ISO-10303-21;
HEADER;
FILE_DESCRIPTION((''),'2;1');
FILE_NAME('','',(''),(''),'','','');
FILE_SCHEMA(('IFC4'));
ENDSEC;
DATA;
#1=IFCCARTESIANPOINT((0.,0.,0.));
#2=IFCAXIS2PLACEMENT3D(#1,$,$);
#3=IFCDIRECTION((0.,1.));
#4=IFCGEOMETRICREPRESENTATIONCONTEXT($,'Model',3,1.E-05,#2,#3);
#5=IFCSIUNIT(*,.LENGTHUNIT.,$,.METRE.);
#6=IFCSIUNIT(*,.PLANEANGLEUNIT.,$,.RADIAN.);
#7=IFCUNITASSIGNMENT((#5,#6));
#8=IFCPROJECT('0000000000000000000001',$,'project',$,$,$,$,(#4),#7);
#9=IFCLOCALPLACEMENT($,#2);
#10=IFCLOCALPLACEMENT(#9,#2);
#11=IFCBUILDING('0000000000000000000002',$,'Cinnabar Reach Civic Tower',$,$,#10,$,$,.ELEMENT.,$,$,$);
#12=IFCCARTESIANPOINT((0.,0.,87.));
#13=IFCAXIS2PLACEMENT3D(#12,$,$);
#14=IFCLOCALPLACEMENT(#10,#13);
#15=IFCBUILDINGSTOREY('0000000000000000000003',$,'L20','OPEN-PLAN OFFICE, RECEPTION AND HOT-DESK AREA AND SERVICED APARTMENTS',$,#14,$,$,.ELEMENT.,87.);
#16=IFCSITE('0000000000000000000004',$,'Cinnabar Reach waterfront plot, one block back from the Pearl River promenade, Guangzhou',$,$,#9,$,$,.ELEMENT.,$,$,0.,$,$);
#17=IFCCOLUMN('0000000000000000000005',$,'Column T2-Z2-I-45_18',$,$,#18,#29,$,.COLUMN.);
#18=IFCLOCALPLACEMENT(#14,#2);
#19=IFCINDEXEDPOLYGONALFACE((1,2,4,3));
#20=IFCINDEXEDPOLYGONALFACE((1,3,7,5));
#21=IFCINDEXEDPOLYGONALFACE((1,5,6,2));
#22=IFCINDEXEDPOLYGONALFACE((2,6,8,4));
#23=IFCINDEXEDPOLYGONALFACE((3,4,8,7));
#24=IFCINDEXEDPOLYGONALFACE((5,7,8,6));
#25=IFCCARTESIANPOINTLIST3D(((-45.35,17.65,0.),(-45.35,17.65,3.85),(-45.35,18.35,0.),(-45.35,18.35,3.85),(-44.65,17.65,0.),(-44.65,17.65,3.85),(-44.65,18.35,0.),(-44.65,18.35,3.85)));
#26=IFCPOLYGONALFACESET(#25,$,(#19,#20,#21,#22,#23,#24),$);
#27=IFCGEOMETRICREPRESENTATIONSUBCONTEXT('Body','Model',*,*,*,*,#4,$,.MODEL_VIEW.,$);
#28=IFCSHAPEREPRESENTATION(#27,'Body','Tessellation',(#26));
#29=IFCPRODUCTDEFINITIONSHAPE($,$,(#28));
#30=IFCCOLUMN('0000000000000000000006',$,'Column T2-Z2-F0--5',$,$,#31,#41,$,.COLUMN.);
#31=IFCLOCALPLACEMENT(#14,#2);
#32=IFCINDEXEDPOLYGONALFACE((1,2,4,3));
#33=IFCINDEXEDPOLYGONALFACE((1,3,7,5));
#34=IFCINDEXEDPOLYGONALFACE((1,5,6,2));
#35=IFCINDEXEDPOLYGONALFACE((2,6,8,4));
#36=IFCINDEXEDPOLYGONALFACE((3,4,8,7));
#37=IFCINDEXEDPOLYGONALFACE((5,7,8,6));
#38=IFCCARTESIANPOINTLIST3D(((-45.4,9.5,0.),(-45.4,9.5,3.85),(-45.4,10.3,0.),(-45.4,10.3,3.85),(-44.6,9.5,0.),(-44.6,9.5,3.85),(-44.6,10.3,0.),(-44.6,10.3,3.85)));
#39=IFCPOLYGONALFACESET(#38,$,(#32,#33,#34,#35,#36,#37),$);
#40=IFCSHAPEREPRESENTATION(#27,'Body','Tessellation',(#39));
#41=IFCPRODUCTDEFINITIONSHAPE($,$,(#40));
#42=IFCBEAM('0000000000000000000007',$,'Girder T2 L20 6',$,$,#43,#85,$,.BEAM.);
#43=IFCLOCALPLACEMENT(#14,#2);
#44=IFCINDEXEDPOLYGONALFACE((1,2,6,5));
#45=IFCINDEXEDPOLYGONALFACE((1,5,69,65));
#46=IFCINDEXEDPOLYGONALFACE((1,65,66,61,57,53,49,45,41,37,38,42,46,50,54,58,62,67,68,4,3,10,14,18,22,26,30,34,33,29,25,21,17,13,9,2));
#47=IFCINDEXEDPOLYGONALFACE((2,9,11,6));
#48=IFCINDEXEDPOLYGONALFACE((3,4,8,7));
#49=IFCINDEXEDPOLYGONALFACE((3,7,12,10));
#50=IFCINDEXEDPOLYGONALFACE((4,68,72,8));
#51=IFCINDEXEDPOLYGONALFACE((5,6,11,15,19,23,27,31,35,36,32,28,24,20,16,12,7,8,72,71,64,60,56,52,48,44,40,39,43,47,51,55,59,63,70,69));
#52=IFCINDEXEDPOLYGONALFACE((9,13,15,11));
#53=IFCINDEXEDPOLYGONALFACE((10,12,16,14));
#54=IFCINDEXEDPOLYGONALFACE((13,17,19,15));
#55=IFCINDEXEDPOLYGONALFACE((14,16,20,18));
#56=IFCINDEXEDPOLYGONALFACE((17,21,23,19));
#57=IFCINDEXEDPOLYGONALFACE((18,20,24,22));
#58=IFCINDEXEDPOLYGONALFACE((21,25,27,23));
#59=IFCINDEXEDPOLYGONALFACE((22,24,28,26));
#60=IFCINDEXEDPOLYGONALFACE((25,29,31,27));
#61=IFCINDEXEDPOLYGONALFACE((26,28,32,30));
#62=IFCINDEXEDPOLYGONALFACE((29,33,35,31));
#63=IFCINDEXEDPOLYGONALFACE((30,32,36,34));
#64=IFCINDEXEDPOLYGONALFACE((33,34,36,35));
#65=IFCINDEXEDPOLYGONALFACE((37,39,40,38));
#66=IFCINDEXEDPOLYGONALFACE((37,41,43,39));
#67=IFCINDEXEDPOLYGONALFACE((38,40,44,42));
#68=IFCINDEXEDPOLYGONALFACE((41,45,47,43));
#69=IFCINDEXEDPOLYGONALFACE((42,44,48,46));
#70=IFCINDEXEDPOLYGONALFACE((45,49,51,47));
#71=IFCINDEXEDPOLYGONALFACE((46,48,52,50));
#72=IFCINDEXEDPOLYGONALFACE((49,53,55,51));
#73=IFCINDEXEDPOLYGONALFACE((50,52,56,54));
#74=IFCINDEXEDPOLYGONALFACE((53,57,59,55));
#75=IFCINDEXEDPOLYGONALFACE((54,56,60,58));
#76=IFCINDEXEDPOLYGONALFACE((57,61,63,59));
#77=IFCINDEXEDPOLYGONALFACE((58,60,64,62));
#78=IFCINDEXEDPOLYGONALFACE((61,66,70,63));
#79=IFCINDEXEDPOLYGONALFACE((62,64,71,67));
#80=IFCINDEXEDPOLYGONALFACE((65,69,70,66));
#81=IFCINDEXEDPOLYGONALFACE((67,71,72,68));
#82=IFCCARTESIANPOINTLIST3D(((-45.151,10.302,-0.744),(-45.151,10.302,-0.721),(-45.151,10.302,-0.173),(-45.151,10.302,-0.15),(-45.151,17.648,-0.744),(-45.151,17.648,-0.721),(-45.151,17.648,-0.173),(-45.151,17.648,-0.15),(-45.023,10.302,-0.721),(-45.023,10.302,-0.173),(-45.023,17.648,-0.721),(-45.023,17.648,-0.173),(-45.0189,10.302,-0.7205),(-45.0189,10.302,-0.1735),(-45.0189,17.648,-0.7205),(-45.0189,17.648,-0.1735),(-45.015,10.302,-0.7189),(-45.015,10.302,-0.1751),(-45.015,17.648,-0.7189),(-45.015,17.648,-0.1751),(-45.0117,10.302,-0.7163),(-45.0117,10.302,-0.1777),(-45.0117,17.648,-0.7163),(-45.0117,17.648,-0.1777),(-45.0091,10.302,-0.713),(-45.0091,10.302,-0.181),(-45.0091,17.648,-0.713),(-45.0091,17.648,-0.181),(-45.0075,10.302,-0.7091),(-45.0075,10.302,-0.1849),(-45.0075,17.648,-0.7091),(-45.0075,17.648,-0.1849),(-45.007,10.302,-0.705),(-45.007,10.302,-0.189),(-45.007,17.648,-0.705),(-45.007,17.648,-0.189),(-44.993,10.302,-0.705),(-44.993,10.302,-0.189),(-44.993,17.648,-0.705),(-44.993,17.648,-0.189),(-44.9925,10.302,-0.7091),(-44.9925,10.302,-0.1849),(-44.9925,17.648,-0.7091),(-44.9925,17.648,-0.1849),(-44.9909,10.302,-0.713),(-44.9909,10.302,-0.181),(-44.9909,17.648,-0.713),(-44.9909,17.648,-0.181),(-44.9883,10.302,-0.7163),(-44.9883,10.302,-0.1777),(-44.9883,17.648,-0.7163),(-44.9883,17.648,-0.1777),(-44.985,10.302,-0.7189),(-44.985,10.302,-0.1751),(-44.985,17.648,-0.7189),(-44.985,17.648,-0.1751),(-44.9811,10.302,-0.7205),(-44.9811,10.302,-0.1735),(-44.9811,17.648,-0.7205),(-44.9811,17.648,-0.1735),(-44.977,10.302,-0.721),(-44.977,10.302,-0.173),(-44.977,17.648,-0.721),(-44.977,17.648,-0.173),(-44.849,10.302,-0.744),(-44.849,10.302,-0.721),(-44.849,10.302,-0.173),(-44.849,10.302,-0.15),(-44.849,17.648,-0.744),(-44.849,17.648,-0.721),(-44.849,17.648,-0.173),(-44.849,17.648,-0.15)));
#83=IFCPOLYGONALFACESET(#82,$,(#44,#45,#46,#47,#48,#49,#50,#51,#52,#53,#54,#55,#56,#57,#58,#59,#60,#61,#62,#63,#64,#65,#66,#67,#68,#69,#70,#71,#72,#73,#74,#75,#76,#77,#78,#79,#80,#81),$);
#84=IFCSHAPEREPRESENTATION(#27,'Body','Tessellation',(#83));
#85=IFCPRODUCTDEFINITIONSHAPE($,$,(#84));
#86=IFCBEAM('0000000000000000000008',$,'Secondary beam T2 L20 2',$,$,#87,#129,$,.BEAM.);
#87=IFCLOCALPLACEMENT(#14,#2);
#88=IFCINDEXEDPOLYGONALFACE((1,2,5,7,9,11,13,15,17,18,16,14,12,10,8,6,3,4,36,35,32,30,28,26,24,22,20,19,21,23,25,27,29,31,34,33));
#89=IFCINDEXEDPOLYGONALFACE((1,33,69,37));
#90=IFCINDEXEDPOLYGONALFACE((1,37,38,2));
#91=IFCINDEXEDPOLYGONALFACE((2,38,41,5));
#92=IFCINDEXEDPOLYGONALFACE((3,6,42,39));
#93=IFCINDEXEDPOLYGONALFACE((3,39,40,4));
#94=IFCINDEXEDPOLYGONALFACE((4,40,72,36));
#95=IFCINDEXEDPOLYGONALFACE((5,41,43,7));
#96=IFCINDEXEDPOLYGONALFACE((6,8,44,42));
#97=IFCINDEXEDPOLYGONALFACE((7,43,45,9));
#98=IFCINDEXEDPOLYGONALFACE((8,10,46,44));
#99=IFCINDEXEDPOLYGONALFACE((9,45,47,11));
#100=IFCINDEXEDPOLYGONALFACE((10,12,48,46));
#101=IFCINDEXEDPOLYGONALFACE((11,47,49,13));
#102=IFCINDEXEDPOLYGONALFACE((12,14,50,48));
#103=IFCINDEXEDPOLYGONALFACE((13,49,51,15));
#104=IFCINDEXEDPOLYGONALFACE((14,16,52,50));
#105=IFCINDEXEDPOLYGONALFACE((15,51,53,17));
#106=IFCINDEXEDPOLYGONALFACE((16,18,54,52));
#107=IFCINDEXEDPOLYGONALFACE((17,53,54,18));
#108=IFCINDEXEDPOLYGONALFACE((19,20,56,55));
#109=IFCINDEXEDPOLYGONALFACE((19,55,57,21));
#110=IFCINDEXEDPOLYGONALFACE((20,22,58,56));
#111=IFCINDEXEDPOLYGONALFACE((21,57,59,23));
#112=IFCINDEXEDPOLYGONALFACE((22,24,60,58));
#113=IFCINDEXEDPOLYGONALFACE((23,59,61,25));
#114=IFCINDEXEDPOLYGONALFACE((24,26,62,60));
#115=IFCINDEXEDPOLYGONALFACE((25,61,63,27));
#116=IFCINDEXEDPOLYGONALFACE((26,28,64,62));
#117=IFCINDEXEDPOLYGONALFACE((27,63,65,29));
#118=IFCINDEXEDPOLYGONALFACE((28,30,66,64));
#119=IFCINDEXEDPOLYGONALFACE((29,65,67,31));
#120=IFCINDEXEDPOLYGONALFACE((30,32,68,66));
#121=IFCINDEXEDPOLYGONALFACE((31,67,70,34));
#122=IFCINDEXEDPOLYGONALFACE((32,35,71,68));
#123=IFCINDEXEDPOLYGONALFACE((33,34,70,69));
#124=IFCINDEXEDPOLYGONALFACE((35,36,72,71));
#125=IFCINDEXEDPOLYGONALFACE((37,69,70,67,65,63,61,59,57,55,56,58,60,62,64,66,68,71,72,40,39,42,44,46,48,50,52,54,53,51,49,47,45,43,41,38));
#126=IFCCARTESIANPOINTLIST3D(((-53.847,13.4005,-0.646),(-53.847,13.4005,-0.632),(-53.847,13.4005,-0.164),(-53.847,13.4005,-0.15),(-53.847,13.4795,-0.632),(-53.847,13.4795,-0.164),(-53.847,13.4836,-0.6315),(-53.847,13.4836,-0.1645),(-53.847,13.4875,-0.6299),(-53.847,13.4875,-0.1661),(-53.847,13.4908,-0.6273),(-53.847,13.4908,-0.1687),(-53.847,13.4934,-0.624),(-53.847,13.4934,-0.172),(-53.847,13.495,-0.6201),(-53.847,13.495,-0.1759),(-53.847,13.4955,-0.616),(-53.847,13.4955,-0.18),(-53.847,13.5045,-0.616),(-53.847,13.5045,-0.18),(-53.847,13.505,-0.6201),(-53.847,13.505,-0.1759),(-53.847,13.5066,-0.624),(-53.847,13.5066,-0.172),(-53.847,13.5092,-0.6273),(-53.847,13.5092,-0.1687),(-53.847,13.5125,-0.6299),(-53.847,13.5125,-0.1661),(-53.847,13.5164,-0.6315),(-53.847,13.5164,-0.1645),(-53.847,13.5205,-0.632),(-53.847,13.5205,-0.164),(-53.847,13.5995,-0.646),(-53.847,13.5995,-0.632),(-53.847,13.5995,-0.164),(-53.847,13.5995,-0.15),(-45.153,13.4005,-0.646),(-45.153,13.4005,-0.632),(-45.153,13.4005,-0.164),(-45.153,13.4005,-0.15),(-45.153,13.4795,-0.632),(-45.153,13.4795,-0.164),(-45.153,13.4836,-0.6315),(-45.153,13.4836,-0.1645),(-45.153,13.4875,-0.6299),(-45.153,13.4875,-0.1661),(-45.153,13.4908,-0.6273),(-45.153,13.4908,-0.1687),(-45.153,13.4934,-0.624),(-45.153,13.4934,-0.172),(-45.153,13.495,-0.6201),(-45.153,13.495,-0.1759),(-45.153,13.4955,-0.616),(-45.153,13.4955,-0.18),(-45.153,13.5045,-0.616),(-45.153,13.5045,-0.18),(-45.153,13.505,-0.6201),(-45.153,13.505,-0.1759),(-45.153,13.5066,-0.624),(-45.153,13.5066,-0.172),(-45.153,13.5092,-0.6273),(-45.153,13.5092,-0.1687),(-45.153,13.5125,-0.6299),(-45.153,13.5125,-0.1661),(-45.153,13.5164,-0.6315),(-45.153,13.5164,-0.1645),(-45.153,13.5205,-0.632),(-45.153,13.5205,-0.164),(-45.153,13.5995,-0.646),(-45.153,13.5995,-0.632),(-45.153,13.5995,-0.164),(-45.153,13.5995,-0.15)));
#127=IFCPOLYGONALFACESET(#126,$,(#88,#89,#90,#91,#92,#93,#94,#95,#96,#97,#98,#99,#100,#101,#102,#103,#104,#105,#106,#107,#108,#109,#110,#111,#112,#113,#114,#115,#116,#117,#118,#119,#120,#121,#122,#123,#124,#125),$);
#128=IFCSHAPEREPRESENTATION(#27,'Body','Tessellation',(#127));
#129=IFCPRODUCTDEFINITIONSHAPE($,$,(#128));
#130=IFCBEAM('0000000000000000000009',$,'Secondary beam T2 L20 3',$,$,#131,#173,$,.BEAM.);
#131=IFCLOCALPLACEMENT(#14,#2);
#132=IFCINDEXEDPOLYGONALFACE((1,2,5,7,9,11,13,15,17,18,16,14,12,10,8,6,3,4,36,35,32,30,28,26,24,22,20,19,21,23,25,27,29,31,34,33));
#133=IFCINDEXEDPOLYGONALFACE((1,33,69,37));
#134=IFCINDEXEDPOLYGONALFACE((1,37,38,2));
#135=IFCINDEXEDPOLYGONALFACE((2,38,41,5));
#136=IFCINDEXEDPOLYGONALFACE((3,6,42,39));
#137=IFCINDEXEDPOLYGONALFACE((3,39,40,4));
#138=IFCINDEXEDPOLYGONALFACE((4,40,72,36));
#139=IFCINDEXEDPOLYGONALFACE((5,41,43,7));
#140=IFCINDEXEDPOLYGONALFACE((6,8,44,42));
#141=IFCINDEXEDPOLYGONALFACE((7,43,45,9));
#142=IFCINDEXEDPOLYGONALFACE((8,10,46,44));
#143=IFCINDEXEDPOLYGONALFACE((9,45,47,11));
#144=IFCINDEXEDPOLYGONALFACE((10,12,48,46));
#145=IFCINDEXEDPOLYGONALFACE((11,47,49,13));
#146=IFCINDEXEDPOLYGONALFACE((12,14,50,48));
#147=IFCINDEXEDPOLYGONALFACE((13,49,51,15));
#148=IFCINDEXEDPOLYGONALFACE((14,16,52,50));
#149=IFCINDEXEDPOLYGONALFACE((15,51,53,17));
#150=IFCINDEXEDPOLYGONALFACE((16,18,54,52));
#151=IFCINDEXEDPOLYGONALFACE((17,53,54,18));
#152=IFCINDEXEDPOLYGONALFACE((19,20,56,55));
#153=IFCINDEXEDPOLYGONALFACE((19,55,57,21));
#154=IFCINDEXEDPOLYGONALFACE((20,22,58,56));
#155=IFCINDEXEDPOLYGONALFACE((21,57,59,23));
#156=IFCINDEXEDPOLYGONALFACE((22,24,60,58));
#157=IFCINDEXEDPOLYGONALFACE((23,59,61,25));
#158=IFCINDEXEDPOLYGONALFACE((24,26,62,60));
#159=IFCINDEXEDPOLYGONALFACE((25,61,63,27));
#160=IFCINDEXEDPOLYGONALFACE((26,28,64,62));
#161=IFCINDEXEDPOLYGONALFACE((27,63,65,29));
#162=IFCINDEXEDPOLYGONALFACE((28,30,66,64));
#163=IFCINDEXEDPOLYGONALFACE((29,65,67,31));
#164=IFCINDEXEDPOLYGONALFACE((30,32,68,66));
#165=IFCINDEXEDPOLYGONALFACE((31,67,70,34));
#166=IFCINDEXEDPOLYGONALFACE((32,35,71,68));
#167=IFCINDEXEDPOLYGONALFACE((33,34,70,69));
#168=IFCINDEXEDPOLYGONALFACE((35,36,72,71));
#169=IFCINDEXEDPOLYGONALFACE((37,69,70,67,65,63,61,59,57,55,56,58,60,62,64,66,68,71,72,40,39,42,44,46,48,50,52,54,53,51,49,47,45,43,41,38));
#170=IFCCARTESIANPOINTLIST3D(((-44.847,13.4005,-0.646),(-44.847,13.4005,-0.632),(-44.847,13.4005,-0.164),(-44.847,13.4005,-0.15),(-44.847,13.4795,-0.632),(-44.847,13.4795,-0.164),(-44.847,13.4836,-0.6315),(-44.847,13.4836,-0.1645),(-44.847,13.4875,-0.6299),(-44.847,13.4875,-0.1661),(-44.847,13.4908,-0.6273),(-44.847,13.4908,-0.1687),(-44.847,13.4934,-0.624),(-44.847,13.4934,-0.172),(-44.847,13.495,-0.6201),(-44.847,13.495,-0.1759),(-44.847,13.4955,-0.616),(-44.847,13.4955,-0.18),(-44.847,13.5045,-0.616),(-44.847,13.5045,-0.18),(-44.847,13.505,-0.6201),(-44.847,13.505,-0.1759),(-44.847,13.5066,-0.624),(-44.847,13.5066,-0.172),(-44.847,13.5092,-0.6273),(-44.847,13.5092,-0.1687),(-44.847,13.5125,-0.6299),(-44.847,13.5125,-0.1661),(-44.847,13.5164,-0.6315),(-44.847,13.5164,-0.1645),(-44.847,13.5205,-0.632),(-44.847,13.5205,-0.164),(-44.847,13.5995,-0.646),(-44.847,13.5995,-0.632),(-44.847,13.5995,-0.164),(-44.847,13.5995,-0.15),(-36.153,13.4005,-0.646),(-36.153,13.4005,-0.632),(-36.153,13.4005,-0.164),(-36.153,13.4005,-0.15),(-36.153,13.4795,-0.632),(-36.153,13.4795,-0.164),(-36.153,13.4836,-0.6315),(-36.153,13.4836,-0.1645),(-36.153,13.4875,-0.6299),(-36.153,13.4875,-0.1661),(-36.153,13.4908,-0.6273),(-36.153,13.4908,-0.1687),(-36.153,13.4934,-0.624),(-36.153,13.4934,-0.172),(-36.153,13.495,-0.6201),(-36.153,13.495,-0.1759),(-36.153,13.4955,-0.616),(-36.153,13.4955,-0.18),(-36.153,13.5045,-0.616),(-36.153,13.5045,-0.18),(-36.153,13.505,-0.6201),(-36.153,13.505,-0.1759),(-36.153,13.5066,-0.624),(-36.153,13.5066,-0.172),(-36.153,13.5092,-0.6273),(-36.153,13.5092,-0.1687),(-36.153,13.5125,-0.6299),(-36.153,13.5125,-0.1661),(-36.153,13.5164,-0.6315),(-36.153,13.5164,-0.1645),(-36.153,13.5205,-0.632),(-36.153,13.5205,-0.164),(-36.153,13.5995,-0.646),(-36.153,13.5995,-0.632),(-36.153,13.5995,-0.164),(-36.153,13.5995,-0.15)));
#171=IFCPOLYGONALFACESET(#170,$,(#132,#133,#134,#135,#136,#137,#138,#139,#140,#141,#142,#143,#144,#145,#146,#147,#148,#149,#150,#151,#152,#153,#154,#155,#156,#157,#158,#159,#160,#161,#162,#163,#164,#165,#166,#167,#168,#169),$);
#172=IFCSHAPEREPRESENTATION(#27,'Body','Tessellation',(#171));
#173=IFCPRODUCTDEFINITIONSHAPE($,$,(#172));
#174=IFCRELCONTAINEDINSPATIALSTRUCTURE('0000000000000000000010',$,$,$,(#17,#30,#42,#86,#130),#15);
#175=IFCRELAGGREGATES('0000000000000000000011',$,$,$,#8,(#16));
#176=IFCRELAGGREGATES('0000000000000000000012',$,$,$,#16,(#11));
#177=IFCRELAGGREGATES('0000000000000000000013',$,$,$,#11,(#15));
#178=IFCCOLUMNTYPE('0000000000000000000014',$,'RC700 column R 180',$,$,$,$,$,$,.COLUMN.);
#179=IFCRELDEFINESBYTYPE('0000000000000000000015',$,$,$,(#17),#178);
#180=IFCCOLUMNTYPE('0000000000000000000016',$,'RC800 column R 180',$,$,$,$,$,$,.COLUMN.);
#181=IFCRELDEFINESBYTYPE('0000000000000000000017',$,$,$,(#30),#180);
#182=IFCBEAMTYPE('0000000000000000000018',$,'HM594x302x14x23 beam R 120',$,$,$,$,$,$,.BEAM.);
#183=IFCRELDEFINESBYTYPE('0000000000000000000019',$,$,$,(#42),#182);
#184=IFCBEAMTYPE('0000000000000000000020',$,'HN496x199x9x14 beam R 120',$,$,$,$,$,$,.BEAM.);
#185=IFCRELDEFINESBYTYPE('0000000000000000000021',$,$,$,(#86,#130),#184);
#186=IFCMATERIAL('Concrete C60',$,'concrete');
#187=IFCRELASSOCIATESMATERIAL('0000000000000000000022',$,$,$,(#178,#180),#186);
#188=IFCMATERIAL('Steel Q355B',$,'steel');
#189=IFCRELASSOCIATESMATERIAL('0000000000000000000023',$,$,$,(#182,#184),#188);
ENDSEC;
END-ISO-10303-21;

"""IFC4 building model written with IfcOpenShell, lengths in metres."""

from ifc_helpers import new_model, si_unit, direction, frame, origin, origin_2d, place, context, subcontext, project, spatial, rectangle, i_section, extrude, material, material_profile, profile_set, type_object, element, save


model = new_model("IFC4")

# Units and contexts
model_context = context("Model", 3, precision=1e-05, world=origin(), true_north=direction((0.0, 1.0)))
body_context = subcontext(model_context, "Body", "Model", "MODEL_VIEW")
ifc_project = project(units=[si_unit("LENGTHUNIT", "METRE"), si_unit("PLANEANGLEUNIT", "RADIAN")], contexts=[model_context])

# Site, building, storey
site_placement = place(None, origin())
site = spatial("IfcSite", under=ifc_project, at=site_placement, Name="Cinnabar Reach waterfront plot, one block back from the Pearl River promenade, Guangzhou", CompositionType="ELEMENT", RefElevation=0.0)
building_placement = place(site_placement, origin())
building = spatial("IfcBuilding", under=site, at=building_placement, Name="Cinnabar Reach Civic Tower", CompositionType="ELEMENT")
storey_placement = place(building_placement, frame((0.0, 0.0, 87.0)))
storey = spatial("IfcBuildingStorey", under=building, at=storey_placement, Name="L20", Description="OPEN-PLAN OFFICE, RECEPTION AND HOT-DESK AREA AND SERVICED APARTMENTS", CompositionType="ELEMENT", Elevation=87.0)

# Columns
ifc_material_1 = material(Name="Concrete C60", Category="concrete")
ifc_material_profile_1 = material_profile(ifc_material_1, rectangle(XDim=0.7, YDim=0.7, at=origin_2d()), Name="RC700")
ifc_profile_set_1 = profile_set([ifc_material_profile_1], Name="Concrete C60")
column_type_1 = type_object("IfcColumnType", Name="RC700 column R 180", PredefinedType="COLUMN", material=ifc_profile_set_1)
column_1_placement = place(storey_placement, frame((-45.0, 18.0, 0.0), z_axis=(0.0, 0.0, 1.0), x_axis=(1.0, 0.0, 0.0)))
element("IfcColumn", 1, at=column_1_placement, inside=storey, type_object=column_type_1, Name="Column T2-Z2-I-45_18", PredefinedType="COLUMN", context=body_context, shape_type="SweptSolid", body=[
    extrude(rectangle(XDim=0.7, YDim=0.7, at=origin_2d()), origin(), (0.0, 0.0, 1.0), 3.85),
])
ifc_material_profile_2 = material_profile(ifc_material_1, rectangle(XDim=0.8, YDim=0.8, at=origin_2d()), Name="RC800")
ifc_profile_set_2 = profile_set([ifc_material_profile_2], Name="Concrete C60")
column_type_2 = type_object("IfcColumnType", Name="RC800 column R 180", PredefinedType="COLUMN", material=ifc_profile_set_2)
column_2_placement = place(storey_placement, frame((-45.0, 9.9, 0.0), z_axis=(0.0, 0.0, 1.0), x_axis=(1.0, 0.0, 0.0)))
element("IfcColumn", 2, at=column_2_placement, inside=storey, type_object=column_type_2, Name="Column T2-Z2-F0--5", PredefinedType="COLUMN", context=body_context, shape_type="SweptSolid", body=[
    extrude(rectangle(XDim=0.8, YDim=0.8, at=origin_2d()), origin(), (0.0, 0.0, 1.0), 3.85),
])

# Beams
ifc_material_2 = material(Name="Steel Q355B", Category="steel")
ifc_material_profile_3 = material_profile(ifc_material_2, i_section(OverallWidth=0.302, OverallDepth=0.594, WebThickness=0.014, FlangeThickness=0.023, FilletRadius=0.016, at=origin_2d()), Name="HM594x302x14x23")
ifc_profile_set_3 = profile_set([ifc_material_profile_3], Name="Steel Q355B")
beam_type_1 = type_object("IfcBeamType", Name="HM594x302x14x23 beam R 120", PredefinedType="BEAM", material=ifc_profile_set_3)
beam_1_placement = place(storey_placement, frame((-45.0, 10.302, -0.447), z_axis=(0.0, 1.0, 0.0), x_axis=(-1.0, 0.0, 0.0)))
element("IfcBeam", 3, at=beam_1_placement, inside=storey, type_object=beam_type_1, Name="Girder T2 L20 6", PredefinedType="BEAM", context=body_context, shape_type="SweptSolid", body=[
    extrude(i_section(OverallWidth=0.302, OverallDepth=0.594, WebThickness=0.014, FlangeThickness=0.023, FilletRadius=0.016, at=origin_2d()), origin(), (0.0, 0.0, 1.0), 7.346),
])
ifc_material_profile_4 = material_profile(ifc_material_2, i_section(OverallWidth=0.199, OverallDepth=0.496, WebThickness=0.009, FlangeThickness=0.014, FilletRadius=0.016, at=origin_2d()), Name="HN496x199x9x14")
ifc_profile_set_4 = profile_set([ifc_material_profile_4], Name="Steel Q355B")
beam_type_2 = type_object("IfcBeamType", Name="HN496x199x9x14 beam R 120", PredefinedType="BEAM", material=ifc_profile_set_4)
for number, where, z_axis, x_axis, name in (
    (4, (-53.847, 13.5, -0.398), (1.0, 0.0, 0.0), (0.0, 1.0, 0.0), "Secondary beam T2 L20 2"),
    (5, (-44.847, 13.5, -0.398), (1.0, 0.0, 0.0), (0.0, 1.0, 0.0), "Secondary beam T2 L20 3"),
):
    element("IfcBeam", number, at=place(storey_placement, frame(where, z_axis=z_axis, x_axis=x_axis)), inside=storey, type_object=beam_type_2, Name=name, PredefinedType="BEAM", context=body_context, shape_type="SweptSolid", body=[
        extrude(i_section(OverallWidth=0.199, OverallDepth=0.496, WebThickness=0.009, FlangeThickness=0.014, FilletRadius=0.016, at=origin_2d()), origin(), (0.0, 0.0, 1.0), 8.694),
    ])

save(model, "model.ifc")
